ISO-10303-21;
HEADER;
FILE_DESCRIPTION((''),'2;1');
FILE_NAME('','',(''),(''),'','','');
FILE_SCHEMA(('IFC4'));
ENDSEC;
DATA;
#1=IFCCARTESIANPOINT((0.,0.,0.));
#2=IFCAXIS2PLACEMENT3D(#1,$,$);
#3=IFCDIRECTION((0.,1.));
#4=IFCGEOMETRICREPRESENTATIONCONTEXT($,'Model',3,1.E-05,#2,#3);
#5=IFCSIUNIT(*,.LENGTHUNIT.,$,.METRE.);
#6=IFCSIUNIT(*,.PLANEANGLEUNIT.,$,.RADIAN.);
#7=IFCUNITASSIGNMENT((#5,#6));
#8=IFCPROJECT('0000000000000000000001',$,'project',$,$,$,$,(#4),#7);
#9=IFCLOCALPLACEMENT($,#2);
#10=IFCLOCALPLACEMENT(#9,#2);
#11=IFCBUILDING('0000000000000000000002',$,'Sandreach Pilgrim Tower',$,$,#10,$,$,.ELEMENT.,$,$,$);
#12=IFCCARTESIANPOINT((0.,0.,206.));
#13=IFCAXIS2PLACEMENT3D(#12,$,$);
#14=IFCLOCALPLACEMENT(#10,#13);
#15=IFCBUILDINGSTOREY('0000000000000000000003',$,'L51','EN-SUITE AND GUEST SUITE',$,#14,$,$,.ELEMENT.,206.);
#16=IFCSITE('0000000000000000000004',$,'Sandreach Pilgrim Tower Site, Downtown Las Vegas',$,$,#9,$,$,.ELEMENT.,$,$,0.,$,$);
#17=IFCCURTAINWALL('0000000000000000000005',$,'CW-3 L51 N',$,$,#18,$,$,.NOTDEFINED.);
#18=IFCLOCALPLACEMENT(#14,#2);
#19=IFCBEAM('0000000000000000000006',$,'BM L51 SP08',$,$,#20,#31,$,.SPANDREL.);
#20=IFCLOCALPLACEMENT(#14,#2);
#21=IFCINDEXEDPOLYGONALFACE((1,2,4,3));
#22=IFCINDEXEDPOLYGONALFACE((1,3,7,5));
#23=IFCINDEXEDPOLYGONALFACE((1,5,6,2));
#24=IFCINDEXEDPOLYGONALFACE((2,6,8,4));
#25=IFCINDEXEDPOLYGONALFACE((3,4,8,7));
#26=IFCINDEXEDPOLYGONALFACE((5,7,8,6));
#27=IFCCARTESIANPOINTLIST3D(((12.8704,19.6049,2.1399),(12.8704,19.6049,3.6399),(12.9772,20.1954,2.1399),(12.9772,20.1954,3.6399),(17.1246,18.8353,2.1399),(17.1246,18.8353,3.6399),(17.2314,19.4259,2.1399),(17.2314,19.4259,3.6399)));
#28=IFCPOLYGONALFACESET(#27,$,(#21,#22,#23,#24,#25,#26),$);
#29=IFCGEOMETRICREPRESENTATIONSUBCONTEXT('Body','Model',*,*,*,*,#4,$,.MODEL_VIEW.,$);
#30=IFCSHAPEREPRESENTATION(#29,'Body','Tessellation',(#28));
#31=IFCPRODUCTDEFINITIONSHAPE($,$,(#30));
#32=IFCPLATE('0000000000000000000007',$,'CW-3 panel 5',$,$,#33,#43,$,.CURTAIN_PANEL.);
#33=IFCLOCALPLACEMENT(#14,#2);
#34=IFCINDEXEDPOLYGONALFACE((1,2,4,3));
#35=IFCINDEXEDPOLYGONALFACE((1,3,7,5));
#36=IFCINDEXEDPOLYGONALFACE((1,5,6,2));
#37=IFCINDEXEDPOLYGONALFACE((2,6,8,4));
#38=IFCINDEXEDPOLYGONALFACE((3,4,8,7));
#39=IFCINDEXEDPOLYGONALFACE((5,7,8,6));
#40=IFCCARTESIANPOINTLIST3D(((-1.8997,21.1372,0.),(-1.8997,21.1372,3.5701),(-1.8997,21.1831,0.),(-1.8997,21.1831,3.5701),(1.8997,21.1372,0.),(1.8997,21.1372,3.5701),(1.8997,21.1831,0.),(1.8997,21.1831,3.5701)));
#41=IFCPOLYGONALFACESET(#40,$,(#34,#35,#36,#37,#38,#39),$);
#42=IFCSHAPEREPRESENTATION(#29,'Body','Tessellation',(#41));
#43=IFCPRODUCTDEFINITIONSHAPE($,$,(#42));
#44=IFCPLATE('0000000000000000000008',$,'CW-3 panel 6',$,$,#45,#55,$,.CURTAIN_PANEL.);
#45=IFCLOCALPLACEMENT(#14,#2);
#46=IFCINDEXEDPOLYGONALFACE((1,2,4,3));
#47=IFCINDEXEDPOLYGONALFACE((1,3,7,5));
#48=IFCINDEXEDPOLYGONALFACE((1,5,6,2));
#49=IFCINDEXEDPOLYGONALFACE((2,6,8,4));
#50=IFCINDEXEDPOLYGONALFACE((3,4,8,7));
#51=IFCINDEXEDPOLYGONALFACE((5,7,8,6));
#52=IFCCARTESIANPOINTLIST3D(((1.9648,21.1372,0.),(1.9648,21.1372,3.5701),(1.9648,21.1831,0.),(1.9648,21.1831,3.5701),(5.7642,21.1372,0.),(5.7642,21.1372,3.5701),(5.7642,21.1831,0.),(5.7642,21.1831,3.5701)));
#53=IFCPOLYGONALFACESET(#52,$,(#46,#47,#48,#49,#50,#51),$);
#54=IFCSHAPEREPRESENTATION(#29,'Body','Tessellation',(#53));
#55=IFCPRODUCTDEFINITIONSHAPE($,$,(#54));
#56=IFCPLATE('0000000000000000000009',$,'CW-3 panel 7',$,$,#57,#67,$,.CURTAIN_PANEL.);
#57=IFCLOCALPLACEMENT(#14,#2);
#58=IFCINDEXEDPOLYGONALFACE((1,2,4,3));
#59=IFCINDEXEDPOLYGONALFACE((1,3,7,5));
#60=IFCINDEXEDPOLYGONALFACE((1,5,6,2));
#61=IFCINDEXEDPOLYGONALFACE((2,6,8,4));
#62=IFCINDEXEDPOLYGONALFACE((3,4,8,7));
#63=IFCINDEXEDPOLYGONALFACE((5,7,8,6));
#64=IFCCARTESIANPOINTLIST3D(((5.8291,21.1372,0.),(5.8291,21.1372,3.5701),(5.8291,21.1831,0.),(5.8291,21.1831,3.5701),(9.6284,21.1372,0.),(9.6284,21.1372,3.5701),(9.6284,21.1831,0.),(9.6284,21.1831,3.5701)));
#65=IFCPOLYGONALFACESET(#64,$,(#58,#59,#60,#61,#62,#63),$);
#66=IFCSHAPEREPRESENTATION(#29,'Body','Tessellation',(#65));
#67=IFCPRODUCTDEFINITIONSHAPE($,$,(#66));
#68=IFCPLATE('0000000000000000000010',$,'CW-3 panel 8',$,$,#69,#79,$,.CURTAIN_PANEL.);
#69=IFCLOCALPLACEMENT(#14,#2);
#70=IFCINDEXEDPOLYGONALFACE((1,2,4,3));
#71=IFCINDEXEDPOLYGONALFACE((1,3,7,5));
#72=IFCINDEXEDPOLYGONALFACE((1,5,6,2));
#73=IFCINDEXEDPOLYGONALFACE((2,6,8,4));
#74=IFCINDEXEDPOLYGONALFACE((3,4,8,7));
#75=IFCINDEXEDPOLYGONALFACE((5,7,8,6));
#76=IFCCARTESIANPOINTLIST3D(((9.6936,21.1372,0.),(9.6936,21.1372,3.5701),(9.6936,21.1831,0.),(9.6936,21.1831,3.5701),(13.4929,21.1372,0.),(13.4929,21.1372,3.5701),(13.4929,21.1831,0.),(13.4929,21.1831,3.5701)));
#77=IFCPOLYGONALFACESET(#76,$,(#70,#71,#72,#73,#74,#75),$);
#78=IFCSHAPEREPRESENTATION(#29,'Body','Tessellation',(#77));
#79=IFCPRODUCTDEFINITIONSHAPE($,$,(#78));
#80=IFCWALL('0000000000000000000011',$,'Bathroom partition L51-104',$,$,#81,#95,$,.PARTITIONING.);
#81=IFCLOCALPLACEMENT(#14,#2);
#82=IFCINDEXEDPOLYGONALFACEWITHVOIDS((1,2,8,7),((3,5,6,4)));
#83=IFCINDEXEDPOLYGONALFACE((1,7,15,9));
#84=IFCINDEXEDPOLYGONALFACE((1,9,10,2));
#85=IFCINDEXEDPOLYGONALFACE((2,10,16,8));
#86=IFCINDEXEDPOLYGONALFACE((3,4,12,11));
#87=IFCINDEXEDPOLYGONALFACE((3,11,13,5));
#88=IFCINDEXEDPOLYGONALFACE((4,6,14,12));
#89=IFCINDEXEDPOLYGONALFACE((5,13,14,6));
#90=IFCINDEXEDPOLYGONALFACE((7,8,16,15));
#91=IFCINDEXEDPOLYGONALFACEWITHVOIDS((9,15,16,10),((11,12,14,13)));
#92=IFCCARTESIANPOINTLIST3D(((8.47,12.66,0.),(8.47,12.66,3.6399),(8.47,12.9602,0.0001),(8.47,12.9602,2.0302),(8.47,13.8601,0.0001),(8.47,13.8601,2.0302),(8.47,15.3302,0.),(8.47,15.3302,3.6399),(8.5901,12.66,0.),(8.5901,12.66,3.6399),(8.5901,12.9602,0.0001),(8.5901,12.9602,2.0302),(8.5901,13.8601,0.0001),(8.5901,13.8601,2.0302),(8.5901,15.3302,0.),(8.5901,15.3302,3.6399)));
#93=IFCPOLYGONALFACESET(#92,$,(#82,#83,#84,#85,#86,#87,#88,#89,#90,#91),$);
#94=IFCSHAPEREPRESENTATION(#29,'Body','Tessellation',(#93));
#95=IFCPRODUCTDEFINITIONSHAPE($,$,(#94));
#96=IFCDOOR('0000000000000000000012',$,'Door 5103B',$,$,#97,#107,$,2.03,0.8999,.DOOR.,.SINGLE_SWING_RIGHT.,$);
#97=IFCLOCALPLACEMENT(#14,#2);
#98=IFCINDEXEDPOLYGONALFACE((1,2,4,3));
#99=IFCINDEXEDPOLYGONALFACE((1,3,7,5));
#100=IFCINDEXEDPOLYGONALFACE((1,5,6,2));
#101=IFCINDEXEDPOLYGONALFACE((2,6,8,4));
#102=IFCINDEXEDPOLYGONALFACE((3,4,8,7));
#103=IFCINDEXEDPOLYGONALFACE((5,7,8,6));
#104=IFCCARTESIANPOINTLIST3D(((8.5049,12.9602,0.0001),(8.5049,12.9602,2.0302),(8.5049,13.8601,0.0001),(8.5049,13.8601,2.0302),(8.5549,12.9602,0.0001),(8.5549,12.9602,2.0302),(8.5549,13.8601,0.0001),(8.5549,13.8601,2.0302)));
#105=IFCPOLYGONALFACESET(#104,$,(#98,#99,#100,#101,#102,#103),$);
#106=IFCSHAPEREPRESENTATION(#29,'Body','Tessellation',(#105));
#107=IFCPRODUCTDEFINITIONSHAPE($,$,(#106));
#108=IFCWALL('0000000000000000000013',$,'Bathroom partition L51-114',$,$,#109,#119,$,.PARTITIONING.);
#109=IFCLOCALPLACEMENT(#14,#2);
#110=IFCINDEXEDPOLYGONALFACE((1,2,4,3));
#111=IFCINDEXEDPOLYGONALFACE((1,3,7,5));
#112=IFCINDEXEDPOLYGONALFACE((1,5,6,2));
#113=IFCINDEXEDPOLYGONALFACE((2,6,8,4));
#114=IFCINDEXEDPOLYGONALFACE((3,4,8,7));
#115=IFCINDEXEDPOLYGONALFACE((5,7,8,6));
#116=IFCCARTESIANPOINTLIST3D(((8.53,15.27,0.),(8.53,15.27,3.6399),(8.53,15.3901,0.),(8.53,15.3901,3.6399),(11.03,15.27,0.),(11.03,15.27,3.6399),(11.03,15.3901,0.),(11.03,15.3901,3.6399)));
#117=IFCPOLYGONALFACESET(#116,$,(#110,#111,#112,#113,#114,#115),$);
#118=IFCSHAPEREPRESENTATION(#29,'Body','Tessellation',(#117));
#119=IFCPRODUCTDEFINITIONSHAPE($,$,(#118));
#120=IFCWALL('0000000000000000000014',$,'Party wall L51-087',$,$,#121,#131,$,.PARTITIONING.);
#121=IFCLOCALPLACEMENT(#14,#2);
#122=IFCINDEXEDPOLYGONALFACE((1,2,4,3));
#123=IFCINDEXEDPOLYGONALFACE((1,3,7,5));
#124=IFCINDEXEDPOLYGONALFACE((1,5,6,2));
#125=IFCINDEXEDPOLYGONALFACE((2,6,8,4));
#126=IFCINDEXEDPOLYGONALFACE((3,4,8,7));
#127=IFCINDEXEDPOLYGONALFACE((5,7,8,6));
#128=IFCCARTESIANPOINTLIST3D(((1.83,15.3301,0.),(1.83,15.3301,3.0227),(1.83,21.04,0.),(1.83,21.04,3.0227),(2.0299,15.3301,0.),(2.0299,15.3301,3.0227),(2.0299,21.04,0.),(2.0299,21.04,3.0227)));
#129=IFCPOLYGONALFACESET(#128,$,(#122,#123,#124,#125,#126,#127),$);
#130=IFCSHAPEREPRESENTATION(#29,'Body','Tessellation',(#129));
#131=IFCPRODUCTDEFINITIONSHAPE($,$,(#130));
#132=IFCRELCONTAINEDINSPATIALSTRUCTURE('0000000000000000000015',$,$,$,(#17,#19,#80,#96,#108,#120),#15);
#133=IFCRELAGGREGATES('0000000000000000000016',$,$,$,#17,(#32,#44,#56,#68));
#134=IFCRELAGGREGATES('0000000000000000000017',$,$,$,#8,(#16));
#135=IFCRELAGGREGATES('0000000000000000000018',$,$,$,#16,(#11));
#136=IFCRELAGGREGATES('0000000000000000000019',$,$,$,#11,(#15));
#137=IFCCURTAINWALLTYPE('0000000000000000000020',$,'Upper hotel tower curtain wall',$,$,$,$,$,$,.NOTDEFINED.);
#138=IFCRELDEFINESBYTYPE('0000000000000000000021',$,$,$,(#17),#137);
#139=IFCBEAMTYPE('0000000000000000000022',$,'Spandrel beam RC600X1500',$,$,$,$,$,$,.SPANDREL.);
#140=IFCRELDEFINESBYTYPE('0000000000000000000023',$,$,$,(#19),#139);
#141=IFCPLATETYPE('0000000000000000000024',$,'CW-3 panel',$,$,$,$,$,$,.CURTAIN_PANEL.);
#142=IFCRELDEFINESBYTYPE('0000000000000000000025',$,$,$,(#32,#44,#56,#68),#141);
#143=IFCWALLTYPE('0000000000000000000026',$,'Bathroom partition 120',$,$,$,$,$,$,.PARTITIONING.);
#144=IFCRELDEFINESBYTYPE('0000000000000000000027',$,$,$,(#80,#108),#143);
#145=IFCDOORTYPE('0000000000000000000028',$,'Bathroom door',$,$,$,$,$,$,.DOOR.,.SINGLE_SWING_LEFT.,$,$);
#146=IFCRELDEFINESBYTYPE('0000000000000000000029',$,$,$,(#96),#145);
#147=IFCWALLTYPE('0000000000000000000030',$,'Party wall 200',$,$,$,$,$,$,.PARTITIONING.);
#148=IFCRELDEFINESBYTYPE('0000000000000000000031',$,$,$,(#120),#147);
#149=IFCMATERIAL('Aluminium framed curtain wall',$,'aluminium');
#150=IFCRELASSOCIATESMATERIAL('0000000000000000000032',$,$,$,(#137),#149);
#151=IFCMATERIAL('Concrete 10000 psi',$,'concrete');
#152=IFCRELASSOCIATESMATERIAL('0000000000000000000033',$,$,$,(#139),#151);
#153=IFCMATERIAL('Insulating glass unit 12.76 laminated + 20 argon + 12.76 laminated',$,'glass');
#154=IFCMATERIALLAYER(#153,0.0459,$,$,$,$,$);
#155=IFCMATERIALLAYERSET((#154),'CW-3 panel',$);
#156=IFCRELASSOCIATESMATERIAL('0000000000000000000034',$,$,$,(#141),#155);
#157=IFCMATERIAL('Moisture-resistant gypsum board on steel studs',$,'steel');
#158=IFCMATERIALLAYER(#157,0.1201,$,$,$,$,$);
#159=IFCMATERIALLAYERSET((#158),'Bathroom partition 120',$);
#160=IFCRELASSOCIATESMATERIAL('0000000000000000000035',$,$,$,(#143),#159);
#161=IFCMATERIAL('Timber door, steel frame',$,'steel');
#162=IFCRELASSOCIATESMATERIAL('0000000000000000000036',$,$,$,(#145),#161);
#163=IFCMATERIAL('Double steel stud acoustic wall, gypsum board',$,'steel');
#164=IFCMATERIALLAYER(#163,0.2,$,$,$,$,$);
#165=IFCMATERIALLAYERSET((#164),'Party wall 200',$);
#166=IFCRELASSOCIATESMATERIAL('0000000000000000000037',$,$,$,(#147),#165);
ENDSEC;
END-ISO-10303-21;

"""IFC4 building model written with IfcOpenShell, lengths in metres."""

from ifc_helpers import new_model, si_unit, direction, frame, frame_2d, origin, origin_2d, place, context, subcontext, project, spatial, rectangle, extrude, material, layer, layer_set, material_profile, profile_set, type_object, element, fill, aggregate, save


model = new_model("IFC4")

# Units and contexts
model_context = context("Model", 3, precision=1e-05, world=origin(), true_north=direction((0.0, 1.0)))
body_context = subcontext(model_context, "Body", "Model", "MODEL_VIEW")
ifc_project = project(units=[si_unit("LENGTHUNIT", "METRE"), si_unit("PLANEANGLEUNIT", "RADIAN")], contexts=[model_context])

# Site, building, storey
site_placement = place(None, origin())
site = spatial("IfcSite", under=ifc_project, at=site_placement, Name="Sandreach Pilgrim Tower Site, Downtown Las Vegas", CompositionType="ELEMENT", RefElevation=0.0)
building_placement = place(site_placement, origin())
building = spatial("IfcBuilding", under=site, at=building_placement, Name="Sandreach Pilgrim Tower", CompositionType="ELEMENT")
storey_placement = place(building_placement, frame((0.0, 0.0, 206.0)))
storey = spatial("IfcBuildingStorey", under=building, at=storey_placement, Name="L51", Description="EN-SUITE AND GUEST SUITE", CompositionType="ELEMENT", Elevation=206.0)

# Curtain wall
ifc_material_1 = material(Name="Aluminium framed curtain wall", Category="aluminium")
curtain_wall_type = type_object("IfcCurtainWallType", Name="Upper hotel tower curtain wall", PredefinedType="NOTDEFINED", material=ifc_material_1)
curtain_wall_placement = place(storey_placement, origin())
curtain_wall = element("IfcCurtainWall", 1, at=curtain_wall_placement, inside=storey, type_object=curtain_wall_type, Name="CW-3 L51 N", PredefinedType="NOTDEFINED")

# Beam
ifc_material_2 = material(Name="Concrete 10000 psi", Category="concrete")
ifc_material_profile_1 = material_profile(ifc_material_2, rectangle(XDim=0.6001, YDim=1.5, at=origin_2d()), Name="RC600X1500")
ifc_profile_set_1 = profile_set([ifc_material_profile_1], Name="Concrete 10000 psi")
beam_type_1 = type_object("IfcBeamType", Name="Spandrel beam RC600X1500", PredefinedType="SPANDREL", material=ifc_profile_set_1)
beam_1_placement = place(storey_placement, frame((12.9238, 19.9001, 2.8899), z_axis=(0.98403, -0.178001, 0.0), x_axis=(0.178001, 0.98403, 0.0)))
element("IfcBeam", 2, at=beam_1_placement, inside=storey, type_object=beam_type_1, Name="BM L51 SP08", PredefinedType="SPANDREL", context=body_context, shape_type="SweptSolid", body=[
    extrude(rectangle(XDim=0.6001, YDim=1.5, at=origin_2d()), origin(), (0.0, 0.0, 1.0), 4.3232),
])

# Plates
ifc_material_3 = material(Name="Insulating glass unit 12.76 laminated + 20 argon + 12.76 laminated", Category="glass")
ifc_layer_1 = layer(ifc_material_3, 0.0459)
ifc_layer_set_1 = layer_set([ifc_layer_1], Name="CW-3 panel")
plate_type = type_object("IfcPlateType", Name="CW-3 panel", PredefinedType="CURTAIN_PANEL", material=ifc_layer_set_1)
plate_1_placement = place(storey_placement, frame((0.0, 21.1602, 0.0), z_axis=(0.0, 0.0, 1.0), x_axis=(1.0, 0.0, 0.0)))
plate_1 = element("IfcPlate", 3, at=plate_1_placement, type_object=plate_type, Name="CW-3 panel 5", PredefinedType="CURTAIN_PANEL", context=body_context, shape_type="SweptSolid", body=[
    extrude(rectangle(XDim=3.7993, YDim=0.0459, at=origin_2d()), origin(), (0.0, 0.0, 1.0), 3.5701),
])
plate_2_placement = place(storey_placement, frame((3.8645, 21.1602, 0.0), z_axis=(0.0, 0.0, 1.0), x_axis=(1.0, 0.0, 0.0)))
plate_2 = element("IfcPlate", 4, at=plate_2_placement, type_object=plate_type, Name="CW-3 panel 6", PredefinedType="CURTAIN_PANEL", context=body_context, shape_type="SweptSolid", body=[
    extrude(rectangle(XDim=3.7993, YDim=0.0459, at=origin_2d()), origin(), (0.0, 0.0, 1.0), 3.5701),
])
plate_3_placement = place(storey_placement, frame((7.7288, 21.1602, 0.0), z_axis=(0.0, 0.0, 1.0), x_axis=(1.0, 0.0, 0.0)))
plate_3 = element("IfcPlate", 5, at=plate_3_placement, type_object=plate_type, Name="CW-3 panel 7", PredefinedType="CURTAIN_PANEL", context=body_context, shape_type="SweptSolid", body=[
    extrude(rectangle(XDim=3.7993, YDim=0.0459, at=origin_2d()), origin(), (0.0, 0.0, 1.0), 3.5701),
])
plate_4_placement = place(storey_placement, frame((11.5933, 21.1602, 0.0), z_axis=(0.0, 0.0, 1.0), x_axis=(1.0, 0.0, 0.0)))
plate_4 = element("IfcPlate", 6, at=plate_4_placement, type_object=plate_type, Name="CW-3 panel 8", PredefinedType="CURTAIN_PANEL", context=body_context, shape_type="SweptSolid", body=[
    extrude(rectangle(XDim=3.7993, YDim=0.0459, at=origin_2d()), origin(), (0.0, 0.0, 1.0), 3.5701),
])
aggregate(curtain_wall, [plate_1, plate_2, plate_3, plate_4])

# Wall, opening, door
ifc_material_4 = material(Name="Moisture-resistant gypsum board on steel studs", Category="steel")
ifc_layer_2 = layer(ifc_material_4, 0.1201)
ifc_layer_set_2 = layer_set([ifc_layer_2], Name="Bathroom partition 120")
wall_type_1 = type_object("IfcWallType", Name="Bathroom partition 120", PredefinedType="PARTITIONING", material=ifc_layer_set_2)
wall_1_placement = place(storey_placement, frame((8.53, 15.3301, 0.0), z_axis=(0.0, 0.0, 1.0), x_axis=(0.0, -1.0, 0.0)))
wall_1 = element("IfcWall", 7, at=wall_1_placement, inside=storey, type_object=wall_type_1, Name="Bathroom partition L51-104", PredefinedType="PARTITIONING", context=body_context, shape_type="SweptSolid", body=[
    extrude(rectangle(XDim=2.6702, YDim=0.1201, at=frame_2d((1.335, 0.0))), origin(), (0.0, 0.0, 1.0), 3.6399),
])
opening_placement = place(wall_1_placement, frame((1.47, 0.0, 0.0)))
opening = element("IfcOpeningElement", 8, at=opening_placement, cuts=wall_1, PredefinedType="OPENING", context=body_context, shape_type="SweptSolid", body=[
    extrude(rectangle(XDim=0.8999, YDim=2.03, at=frame_2d((0.45, 1.0151))), frame((0.0, 0.0601, 0.0), z_axis=(0.0, -1.0, 0.0), x_axis=(1.0, 0.0, 0.0)), (0.0, 0.0, 1.0), 0.1201),
])
ifc_material_5 = material(Name="Timber door, steel frame", Category="steel")
door_type = type_object("IfcDoorType", Name="Bathroom door", OperationType="SINGLE_SWING_LEFT", PredefinedType="DOOR", material=ifc_material_5)
door_placement = place(opening_placement, origin())
door = element("IfcDoor", 9, at=door_placement, inside=storey, type_object=door_type, Name="Door 5103B", OperationType="SINGLE_SWING_RIGHT", OverallHeight=2.03, OverallWidth=0.8999, PredefinedType="DOOR", context=body_context, shape_type="SweptSolid", body=[
    extrude(rectangle(XDim=0.8999, YDim=2.03, at=frame_2d((0.45, 1.0151))), frame((0.0, 0.0249, 0.0), z_axis=(0.0, -1.0, 0.0), x_axis=(1.0, 0.0, 0.0)), (0.0, 0.0, 1.0), 0.05),
])
fill(opening, door)

# Walls
wall_2_placement = place(storey_placement, frame((11.03, 15.3301, 0.0), z_axis=(0.0, 0.0, 1.0), x_axis=(-1.0, 0.0, 0.0)))
element("IfcWall", 10, at=wall_2_placement, inside=storey, type_object=wall_type_1, Name="Bathroom partition L51-114", PredefinedType="PARTITIONING", context=body_context, shape_type="SweptSolid", body=[
    extrude(rectangle(XDim=2.5, YDim=0.1201, at=frame_2d((1.25, 0.0))), origin(), (0.0, 0.0, 1.0), 3.6399),
])
ifc_material_6 = material(Name="Double steel stud acoustic wall, gypsum board", Category="steel")
ifc_layer_3 = layer(ifc_material_6, 0.2)
ifc_layer_set_3 = layer_set([ifc_layer_3], Name="Party wall 200")
wall_type_2 = type_object("IfcWallType", Name="Party wall 200", PredefinedType="PARTITIONING", material=ifc_layer_set_3)
wall_3_placement = place(storey_placement, frame((1.9299, 21.04, 0.0), z_axis=(0.0, 0.0, 1.0), x_axis=(0.0, -1.0, 0.0)))
element("IfcWall", 11, at=wall_3_placement, inside=storey, type_object=wall_type_2, Name="Party wall L51-087", PredefinedType="PARTITIONING", context=body_context, shape_type="SweptSolid", body=[
    extrude(rectangle(XDim=5.71, YDim=0.2, at=frame_2d((2.855, 0.0))), origin(), (0.0, 0.0, 1.0), 3.0227),
])

save(model, "model.ifc")
